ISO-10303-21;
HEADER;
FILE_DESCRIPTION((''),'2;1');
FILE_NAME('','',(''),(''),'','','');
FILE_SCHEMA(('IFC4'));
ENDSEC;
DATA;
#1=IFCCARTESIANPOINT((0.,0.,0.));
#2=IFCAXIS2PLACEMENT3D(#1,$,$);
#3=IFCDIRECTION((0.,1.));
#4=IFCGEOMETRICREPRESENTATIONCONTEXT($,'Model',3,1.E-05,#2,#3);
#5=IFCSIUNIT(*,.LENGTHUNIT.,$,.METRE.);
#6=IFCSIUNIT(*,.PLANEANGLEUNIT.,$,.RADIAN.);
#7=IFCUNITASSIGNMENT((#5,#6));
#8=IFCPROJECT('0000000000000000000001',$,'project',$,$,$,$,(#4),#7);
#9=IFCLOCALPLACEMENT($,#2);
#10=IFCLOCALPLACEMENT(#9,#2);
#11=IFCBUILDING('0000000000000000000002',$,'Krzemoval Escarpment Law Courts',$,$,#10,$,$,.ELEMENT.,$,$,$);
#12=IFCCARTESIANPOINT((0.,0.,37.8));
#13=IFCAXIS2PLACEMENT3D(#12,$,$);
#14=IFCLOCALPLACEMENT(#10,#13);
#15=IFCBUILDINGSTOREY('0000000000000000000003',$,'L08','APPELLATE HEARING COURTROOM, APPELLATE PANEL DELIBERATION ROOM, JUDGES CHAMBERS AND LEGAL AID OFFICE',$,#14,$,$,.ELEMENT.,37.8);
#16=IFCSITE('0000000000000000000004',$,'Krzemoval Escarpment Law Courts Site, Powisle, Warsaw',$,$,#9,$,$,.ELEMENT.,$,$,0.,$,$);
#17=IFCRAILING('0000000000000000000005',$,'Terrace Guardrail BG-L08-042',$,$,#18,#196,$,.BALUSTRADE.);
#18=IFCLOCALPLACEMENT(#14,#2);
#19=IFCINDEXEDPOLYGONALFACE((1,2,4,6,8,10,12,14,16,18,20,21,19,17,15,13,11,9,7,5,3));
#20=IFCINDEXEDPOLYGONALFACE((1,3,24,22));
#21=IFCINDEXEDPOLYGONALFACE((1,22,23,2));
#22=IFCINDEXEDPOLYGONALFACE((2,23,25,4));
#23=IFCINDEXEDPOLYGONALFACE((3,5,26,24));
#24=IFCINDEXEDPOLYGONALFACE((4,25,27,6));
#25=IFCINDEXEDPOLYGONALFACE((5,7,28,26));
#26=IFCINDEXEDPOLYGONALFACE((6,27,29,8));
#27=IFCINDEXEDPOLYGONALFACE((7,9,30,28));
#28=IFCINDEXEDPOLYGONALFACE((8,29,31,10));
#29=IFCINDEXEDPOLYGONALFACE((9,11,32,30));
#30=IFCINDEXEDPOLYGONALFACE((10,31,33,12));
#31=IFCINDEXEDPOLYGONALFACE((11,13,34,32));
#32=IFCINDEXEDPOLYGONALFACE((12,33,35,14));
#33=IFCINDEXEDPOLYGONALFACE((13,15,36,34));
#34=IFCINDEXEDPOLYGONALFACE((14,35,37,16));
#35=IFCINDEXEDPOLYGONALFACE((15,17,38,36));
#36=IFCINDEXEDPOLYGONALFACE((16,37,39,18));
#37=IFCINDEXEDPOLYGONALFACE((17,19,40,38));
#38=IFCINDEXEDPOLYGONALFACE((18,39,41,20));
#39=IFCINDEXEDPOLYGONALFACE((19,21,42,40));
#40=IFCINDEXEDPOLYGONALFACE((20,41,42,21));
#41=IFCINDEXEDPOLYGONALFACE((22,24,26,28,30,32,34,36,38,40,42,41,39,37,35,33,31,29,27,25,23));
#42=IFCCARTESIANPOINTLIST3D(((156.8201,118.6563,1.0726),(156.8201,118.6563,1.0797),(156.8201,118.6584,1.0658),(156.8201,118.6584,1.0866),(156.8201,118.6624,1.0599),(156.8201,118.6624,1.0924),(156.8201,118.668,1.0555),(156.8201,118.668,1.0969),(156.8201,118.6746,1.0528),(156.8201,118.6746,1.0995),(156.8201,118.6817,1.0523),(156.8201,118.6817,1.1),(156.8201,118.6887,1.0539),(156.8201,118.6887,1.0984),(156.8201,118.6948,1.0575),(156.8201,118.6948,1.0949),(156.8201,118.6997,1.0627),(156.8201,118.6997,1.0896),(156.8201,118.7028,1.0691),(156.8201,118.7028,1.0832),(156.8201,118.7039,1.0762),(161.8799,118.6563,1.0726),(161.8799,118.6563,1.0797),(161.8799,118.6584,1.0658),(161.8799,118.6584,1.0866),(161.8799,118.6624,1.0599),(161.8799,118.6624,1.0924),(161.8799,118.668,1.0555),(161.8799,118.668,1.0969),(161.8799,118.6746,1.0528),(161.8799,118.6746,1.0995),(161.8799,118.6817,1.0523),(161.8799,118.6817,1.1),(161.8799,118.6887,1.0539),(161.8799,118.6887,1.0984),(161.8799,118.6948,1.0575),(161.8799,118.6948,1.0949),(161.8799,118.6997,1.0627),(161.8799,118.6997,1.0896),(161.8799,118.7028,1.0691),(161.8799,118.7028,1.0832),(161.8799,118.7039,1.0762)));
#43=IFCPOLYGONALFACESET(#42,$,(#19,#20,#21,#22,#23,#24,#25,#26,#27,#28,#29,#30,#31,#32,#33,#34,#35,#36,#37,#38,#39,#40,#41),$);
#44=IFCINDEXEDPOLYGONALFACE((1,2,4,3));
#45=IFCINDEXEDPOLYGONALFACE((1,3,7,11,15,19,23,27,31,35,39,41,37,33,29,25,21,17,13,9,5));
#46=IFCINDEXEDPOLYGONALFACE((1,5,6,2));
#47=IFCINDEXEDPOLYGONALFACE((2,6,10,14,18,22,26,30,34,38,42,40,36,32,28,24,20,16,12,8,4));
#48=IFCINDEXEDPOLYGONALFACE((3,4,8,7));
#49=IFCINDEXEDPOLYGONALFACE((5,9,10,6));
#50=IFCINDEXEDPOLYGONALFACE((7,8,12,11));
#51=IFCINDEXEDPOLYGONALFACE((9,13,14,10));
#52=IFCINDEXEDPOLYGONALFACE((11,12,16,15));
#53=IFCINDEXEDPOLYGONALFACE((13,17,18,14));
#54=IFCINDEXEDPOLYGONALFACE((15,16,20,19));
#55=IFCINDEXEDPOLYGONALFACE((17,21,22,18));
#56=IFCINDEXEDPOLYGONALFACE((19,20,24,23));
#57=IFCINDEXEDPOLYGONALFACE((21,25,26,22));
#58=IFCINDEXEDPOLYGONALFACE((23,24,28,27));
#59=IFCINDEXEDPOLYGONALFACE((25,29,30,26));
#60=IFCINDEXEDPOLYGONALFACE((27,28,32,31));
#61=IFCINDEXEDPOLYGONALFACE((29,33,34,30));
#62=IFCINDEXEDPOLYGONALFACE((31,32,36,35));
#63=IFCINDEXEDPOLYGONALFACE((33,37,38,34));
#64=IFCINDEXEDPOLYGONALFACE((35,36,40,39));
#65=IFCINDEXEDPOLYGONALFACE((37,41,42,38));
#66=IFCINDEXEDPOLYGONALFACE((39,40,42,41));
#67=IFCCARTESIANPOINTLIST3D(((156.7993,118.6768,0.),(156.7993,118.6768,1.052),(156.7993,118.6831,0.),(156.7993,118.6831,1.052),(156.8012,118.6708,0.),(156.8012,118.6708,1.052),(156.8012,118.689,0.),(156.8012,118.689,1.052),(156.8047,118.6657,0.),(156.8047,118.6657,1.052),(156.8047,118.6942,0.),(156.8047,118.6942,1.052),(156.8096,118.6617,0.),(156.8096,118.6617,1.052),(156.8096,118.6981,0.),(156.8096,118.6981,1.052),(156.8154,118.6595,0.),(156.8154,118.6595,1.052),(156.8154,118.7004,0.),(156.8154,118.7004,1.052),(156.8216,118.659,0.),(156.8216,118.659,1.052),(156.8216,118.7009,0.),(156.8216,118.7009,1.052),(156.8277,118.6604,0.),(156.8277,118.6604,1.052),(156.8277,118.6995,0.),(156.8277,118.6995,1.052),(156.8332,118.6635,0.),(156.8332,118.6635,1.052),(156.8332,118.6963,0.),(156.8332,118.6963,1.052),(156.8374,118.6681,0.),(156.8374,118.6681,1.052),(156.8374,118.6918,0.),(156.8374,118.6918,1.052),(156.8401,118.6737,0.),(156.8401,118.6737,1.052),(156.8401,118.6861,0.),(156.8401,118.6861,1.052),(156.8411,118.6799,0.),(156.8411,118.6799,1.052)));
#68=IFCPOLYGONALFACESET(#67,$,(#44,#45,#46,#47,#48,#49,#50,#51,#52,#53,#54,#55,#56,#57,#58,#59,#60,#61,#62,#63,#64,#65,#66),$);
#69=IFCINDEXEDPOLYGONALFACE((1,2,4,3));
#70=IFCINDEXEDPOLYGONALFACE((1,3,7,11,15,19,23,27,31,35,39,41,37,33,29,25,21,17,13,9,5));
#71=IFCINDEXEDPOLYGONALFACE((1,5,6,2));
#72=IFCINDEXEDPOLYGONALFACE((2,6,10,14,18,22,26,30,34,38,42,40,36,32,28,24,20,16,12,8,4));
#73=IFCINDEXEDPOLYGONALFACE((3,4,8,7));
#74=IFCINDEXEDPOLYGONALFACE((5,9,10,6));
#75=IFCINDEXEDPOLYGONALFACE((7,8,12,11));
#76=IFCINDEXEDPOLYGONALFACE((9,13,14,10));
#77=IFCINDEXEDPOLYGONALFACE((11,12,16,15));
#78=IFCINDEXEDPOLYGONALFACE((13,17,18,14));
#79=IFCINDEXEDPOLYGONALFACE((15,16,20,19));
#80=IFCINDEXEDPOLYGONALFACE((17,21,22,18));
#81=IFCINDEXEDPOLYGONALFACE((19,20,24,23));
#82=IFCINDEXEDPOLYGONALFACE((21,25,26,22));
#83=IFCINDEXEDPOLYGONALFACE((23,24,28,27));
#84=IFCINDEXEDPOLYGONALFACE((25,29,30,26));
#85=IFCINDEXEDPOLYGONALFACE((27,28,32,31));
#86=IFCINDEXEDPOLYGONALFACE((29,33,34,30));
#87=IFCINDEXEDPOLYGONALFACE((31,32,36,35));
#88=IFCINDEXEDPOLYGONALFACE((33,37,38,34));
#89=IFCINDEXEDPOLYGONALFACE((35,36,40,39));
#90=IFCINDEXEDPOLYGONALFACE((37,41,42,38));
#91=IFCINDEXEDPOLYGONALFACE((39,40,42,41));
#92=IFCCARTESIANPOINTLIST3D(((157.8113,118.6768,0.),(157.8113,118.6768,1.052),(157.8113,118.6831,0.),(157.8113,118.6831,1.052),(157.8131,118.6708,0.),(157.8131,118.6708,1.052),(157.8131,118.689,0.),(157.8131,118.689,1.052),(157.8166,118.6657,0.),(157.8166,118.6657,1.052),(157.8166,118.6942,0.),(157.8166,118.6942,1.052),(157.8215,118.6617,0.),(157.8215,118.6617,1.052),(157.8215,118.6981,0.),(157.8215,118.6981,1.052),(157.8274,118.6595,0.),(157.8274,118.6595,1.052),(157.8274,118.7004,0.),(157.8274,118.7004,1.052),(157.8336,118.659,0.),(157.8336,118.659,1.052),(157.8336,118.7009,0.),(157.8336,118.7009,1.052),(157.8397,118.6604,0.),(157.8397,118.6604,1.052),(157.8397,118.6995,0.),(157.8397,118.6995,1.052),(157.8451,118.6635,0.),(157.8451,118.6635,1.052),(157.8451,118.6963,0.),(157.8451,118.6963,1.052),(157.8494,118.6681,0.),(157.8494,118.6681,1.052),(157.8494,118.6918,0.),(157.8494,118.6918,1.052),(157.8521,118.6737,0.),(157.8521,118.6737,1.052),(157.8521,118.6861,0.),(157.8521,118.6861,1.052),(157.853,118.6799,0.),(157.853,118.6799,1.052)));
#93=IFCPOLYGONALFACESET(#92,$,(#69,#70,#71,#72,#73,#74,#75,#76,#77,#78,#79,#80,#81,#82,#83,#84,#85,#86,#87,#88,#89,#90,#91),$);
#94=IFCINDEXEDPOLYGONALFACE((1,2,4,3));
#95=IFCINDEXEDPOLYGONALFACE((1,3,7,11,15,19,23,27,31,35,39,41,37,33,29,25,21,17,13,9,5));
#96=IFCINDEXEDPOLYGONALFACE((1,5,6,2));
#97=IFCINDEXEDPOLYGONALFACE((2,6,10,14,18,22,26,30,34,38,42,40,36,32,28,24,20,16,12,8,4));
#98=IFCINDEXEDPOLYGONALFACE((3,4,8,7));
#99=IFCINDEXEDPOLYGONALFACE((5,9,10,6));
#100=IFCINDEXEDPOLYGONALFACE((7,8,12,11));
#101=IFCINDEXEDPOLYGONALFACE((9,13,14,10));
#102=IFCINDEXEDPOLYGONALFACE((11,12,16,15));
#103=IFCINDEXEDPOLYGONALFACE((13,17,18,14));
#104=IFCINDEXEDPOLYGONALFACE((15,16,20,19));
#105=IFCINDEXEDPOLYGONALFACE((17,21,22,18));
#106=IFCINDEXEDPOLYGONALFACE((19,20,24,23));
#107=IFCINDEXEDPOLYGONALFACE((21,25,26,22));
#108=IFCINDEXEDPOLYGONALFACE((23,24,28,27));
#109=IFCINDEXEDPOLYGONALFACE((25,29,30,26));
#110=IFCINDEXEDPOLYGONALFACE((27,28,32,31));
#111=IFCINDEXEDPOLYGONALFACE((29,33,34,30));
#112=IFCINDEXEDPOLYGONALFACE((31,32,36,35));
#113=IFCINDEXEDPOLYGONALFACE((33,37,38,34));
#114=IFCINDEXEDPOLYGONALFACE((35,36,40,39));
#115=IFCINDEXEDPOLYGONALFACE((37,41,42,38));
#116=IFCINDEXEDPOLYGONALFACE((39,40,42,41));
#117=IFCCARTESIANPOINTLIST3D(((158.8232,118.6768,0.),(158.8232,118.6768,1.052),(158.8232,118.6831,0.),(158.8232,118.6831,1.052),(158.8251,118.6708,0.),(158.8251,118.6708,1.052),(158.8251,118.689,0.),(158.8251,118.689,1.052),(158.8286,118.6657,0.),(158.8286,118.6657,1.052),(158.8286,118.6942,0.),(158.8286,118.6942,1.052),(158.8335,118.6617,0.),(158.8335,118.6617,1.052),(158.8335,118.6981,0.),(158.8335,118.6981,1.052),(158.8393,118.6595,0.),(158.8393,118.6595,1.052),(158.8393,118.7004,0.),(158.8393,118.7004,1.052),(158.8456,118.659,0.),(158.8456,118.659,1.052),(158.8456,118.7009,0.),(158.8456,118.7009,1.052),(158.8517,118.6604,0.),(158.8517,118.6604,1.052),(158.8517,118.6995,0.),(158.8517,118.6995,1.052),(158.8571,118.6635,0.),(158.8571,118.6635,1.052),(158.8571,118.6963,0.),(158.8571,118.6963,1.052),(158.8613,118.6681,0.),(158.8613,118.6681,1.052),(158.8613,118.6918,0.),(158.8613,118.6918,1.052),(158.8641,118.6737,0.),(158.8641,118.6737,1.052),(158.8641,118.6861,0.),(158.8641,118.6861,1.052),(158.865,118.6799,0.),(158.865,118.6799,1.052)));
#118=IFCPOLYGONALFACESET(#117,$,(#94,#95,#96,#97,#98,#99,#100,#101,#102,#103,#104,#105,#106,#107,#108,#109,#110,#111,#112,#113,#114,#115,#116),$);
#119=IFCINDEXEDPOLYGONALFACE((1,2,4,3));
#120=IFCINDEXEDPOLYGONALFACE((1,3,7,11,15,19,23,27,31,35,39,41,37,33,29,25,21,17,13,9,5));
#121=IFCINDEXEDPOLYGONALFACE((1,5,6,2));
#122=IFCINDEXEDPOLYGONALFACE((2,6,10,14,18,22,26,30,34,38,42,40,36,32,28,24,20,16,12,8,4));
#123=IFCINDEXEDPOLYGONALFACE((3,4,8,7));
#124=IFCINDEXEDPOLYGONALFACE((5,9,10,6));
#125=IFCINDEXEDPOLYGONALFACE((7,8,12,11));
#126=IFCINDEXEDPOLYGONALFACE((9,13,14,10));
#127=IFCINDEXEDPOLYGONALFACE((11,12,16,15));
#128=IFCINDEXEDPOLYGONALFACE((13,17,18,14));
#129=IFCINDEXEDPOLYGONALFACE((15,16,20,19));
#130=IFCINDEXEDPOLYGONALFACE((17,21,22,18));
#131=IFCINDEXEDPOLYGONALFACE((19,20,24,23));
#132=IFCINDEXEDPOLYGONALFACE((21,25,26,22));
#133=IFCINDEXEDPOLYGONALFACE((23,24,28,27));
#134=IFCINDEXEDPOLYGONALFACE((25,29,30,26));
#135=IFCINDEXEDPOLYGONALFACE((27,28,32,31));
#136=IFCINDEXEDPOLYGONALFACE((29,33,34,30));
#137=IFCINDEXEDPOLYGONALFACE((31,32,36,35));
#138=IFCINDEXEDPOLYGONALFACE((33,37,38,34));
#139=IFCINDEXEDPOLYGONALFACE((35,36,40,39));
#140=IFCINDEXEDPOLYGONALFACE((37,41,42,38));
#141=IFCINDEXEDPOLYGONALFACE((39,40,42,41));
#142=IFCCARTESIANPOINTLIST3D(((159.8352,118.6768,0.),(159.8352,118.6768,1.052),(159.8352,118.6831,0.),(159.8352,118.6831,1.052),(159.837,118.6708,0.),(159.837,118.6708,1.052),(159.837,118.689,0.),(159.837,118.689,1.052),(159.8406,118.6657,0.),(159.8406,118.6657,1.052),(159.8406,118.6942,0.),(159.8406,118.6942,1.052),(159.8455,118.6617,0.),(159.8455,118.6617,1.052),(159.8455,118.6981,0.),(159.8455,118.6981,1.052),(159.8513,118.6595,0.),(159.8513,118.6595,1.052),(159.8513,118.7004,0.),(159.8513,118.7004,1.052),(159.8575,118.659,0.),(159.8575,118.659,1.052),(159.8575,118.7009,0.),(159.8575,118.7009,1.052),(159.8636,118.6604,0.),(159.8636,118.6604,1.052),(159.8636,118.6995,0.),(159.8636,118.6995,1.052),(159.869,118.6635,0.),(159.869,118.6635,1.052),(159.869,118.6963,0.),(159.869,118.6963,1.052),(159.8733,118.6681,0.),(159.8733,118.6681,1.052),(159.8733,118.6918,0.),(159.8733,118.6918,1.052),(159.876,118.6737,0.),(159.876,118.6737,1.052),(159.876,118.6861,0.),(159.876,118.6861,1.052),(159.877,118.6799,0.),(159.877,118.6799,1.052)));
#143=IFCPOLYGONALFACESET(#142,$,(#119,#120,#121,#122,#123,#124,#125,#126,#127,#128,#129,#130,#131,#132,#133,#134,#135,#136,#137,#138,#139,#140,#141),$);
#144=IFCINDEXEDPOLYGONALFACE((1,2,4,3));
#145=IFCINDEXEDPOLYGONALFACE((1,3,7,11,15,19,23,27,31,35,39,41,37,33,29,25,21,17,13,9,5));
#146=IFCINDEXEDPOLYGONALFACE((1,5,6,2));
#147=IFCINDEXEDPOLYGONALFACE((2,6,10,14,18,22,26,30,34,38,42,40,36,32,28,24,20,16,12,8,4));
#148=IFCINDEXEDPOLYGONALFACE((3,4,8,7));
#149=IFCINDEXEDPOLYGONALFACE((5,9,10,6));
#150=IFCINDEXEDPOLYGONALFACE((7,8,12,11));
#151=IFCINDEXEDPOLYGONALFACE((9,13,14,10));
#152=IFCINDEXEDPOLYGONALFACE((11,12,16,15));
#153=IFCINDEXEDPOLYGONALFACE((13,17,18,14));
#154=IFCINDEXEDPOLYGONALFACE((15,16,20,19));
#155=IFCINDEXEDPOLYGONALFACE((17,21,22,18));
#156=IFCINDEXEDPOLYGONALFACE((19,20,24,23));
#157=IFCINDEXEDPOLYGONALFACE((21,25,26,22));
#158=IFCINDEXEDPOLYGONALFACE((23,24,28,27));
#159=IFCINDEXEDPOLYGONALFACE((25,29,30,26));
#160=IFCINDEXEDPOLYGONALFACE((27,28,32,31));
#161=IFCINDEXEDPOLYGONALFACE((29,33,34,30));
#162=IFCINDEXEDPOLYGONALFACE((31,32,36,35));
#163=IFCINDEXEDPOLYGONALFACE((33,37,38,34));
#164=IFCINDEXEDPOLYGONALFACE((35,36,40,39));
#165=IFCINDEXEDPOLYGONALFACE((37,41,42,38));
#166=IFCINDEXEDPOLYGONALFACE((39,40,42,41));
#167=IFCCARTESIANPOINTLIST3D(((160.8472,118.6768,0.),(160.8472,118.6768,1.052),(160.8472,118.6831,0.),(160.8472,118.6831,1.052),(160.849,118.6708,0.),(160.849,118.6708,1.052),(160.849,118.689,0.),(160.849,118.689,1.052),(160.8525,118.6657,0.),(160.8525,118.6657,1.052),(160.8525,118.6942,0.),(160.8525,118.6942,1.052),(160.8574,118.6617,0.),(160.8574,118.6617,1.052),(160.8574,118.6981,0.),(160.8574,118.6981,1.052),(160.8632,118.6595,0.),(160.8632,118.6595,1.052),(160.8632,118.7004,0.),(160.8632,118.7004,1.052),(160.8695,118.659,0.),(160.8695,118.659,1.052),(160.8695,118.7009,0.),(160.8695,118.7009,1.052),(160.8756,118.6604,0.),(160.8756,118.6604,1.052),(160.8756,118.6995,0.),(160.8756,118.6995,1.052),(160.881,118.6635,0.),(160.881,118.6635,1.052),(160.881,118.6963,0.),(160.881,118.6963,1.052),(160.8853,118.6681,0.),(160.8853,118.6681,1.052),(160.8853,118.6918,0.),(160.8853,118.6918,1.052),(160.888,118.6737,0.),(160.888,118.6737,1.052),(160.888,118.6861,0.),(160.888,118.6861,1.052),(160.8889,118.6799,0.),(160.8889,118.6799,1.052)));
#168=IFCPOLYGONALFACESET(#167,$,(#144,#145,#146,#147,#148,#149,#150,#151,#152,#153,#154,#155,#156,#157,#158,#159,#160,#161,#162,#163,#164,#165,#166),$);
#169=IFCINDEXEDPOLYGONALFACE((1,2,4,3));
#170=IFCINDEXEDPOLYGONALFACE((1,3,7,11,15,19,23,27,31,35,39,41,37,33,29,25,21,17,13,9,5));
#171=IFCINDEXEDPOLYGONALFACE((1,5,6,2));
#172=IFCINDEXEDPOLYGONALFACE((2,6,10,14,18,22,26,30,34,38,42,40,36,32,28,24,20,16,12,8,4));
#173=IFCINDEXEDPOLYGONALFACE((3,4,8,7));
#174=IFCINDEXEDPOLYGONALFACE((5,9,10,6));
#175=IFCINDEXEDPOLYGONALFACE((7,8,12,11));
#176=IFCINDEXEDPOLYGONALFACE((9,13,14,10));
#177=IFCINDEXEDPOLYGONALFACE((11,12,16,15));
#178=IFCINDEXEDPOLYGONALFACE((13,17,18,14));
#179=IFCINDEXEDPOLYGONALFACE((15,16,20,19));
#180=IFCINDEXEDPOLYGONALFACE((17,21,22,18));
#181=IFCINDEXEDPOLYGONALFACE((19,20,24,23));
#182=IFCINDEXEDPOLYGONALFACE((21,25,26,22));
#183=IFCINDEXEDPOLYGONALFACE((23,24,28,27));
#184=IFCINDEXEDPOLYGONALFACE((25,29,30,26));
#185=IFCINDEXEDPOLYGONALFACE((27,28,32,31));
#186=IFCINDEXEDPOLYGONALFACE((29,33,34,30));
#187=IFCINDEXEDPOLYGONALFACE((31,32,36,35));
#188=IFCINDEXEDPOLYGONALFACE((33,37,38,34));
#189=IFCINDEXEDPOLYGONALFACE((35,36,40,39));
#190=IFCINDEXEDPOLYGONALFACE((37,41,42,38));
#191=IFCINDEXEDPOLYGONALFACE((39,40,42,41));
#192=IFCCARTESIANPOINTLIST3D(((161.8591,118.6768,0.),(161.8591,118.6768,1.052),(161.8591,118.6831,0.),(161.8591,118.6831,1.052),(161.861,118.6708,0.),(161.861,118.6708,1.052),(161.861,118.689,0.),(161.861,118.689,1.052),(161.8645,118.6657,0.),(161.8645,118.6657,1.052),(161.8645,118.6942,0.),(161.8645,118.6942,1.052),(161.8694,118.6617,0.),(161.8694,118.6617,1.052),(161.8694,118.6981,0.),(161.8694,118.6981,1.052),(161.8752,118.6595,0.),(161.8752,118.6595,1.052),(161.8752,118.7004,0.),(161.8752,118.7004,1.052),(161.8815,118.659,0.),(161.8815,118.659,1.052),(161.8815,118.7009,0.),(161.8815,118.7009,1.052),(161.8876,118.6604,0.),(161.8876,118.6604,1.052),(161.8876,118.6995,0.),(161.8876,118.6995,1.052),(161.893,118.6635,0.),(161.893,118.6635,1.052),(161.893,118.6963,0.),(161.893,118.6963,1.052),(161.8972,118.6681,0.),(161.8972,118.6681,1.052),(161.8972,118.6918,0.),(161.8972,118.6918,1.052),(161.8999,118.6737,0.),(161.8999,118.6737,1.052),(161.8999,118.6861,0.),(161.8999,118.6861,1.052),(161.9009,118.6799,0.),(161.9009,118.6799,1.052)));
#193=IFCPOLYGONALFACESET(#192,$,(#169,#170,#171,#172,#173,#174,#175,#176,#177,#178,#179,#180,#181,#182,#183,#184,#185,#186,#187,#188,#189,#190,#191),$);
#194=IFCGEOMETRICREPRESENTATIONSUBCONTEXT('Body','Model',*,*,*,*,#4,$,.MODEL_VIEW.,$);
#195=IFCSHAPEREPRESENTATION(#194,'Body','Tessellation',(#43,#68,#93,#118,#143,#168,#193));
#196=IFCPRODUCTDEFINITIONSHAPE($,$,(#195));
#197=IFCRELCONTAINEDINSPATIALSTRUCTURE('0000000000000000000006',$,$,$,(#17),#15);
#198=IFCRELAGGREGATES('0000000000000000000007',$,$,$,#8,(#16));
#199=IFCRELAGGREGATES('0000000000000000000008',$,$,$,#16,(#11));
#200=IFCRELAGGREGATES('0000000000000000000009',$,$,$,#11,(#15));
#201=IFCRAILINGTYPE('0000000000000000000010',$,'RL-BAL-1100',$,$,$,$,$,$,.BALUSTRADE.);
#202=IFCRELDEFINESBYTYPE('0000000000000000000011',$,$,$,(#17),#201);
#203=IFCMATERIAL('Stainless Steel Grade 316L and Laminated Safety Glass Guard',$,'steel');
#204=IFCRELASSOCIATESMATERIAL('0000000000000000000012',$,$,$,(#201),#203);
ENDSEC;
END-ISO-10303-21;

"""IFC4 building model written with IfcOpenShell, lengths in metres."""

from ifc_helpers import new_model, si_unit, direction, frame, origin, origin_2d, place, context, subcontext, project, spatial, circle, extrude, material, type_object, element, save


model = new_model("IFC4")

# Units and contexts
model_context = context("Model", 3, precision=1e-05, world=origin(), true_north=direction((0.0, 1.0)))
body_context = subcontext(model_context, "Body", "Model", "MODEL_VIEW")
ifc_project = project(units=[si_unit("LENGTHUNIT", "METRE"), si_unit("PLANEANGLEUNIT", "RADIAN")], contexts=[model_context])

# Site, building, storey
site_placement = place(None, origin())
site = spatial("IfcSite", under=ifc_project, at=site_placement, Name="Krzemoval Escarpment Law Courts Site, Powisle, Warsaw", CompositionType="ELEMENT", RefElevation=0.0)
building_placement = place(site_placement, origin())
building = spatial("IfcBuilding", under=site, at=building_placement, Name="Krzemoval Escarpment Law Courts", CompositionType="ELEMENT")
storey_placement = place(building_placement, frame((0.0, 0.0, 37.8)))
storey = spatial("IfcBuildingStorey", under=building, at=storey_placement, Name="L08", Description="APPELLATE HEARING COURTROOM, APPELLATE PANEL DELIBERATION ROOM, JUDGES CHAMBERS AND LEGAL AID OFFICE", CompositionType="ELEMENT", Elevation=37.8)

# Railing
ifc_material_1 = material(Name="Stainless Steel Grade 316L and Laminated Safety Glass Guard", Category="steel")
railing_type = type_object("IfcRailingType", Name="RL-BAL-1100", PredefinedType="BALUSTRADE", material=ifc_material_1)
railing_1_placement = place(storey_placement, frame((156.8201, 118.6799, 0.0)))
element("IfcRailing", 1, at=railing_1_placement, inside=storey, type_object=railing_type, Name="Terrace Guardrail BG-L08-042", PredefinedType="BALUSTRADE", context=body_context, shape_type="SweptSolid", body=[
    extrude(circle(Radius=0.0239, at=origin_2d()), frame((0.0, 0.0, 1.0762), z_axis=(1.0, 0.0, 0.0), x_axis=(0.0, 1.0, 0.0)), (0.0, 0.0, 1.0), 5.0598),
    extrude(circle(Radius=0.021, at=origin_2d()), origin(), (0.0, 0.0, 1.0), 1.052),
    extrude(circle(Radius=0.021, at=origin_2d()), frame((1.012, 0.0, 0.0)), (0.0, 0.0, 1.0), 1.052),
    extrude(circle(Radius=0.021, at=origin_2d()), frame((2.0239, 0.0, 0.0)), (0.0, 0.0, 1.0), 1.052),
    extrude(circle(Radius=0.021, at=origin_2d()), frame((3.0359, 0.0, 0.0)), (0.0, 0.0, 1.0), 1.052),
    extrude(circle(Radius=0.021, at=origin_2d()), frame((4.0479, 0.0, 0.0)), (0.0, 0.0, 1.0), 1.052),
    extrude(circle(Radius=0.021, at=origin_2d()), frame((5.0598, 0.0, 0.0)), (0.0, 0.0, 1.0), 1.052),
])

save(model, "model.ifc")
